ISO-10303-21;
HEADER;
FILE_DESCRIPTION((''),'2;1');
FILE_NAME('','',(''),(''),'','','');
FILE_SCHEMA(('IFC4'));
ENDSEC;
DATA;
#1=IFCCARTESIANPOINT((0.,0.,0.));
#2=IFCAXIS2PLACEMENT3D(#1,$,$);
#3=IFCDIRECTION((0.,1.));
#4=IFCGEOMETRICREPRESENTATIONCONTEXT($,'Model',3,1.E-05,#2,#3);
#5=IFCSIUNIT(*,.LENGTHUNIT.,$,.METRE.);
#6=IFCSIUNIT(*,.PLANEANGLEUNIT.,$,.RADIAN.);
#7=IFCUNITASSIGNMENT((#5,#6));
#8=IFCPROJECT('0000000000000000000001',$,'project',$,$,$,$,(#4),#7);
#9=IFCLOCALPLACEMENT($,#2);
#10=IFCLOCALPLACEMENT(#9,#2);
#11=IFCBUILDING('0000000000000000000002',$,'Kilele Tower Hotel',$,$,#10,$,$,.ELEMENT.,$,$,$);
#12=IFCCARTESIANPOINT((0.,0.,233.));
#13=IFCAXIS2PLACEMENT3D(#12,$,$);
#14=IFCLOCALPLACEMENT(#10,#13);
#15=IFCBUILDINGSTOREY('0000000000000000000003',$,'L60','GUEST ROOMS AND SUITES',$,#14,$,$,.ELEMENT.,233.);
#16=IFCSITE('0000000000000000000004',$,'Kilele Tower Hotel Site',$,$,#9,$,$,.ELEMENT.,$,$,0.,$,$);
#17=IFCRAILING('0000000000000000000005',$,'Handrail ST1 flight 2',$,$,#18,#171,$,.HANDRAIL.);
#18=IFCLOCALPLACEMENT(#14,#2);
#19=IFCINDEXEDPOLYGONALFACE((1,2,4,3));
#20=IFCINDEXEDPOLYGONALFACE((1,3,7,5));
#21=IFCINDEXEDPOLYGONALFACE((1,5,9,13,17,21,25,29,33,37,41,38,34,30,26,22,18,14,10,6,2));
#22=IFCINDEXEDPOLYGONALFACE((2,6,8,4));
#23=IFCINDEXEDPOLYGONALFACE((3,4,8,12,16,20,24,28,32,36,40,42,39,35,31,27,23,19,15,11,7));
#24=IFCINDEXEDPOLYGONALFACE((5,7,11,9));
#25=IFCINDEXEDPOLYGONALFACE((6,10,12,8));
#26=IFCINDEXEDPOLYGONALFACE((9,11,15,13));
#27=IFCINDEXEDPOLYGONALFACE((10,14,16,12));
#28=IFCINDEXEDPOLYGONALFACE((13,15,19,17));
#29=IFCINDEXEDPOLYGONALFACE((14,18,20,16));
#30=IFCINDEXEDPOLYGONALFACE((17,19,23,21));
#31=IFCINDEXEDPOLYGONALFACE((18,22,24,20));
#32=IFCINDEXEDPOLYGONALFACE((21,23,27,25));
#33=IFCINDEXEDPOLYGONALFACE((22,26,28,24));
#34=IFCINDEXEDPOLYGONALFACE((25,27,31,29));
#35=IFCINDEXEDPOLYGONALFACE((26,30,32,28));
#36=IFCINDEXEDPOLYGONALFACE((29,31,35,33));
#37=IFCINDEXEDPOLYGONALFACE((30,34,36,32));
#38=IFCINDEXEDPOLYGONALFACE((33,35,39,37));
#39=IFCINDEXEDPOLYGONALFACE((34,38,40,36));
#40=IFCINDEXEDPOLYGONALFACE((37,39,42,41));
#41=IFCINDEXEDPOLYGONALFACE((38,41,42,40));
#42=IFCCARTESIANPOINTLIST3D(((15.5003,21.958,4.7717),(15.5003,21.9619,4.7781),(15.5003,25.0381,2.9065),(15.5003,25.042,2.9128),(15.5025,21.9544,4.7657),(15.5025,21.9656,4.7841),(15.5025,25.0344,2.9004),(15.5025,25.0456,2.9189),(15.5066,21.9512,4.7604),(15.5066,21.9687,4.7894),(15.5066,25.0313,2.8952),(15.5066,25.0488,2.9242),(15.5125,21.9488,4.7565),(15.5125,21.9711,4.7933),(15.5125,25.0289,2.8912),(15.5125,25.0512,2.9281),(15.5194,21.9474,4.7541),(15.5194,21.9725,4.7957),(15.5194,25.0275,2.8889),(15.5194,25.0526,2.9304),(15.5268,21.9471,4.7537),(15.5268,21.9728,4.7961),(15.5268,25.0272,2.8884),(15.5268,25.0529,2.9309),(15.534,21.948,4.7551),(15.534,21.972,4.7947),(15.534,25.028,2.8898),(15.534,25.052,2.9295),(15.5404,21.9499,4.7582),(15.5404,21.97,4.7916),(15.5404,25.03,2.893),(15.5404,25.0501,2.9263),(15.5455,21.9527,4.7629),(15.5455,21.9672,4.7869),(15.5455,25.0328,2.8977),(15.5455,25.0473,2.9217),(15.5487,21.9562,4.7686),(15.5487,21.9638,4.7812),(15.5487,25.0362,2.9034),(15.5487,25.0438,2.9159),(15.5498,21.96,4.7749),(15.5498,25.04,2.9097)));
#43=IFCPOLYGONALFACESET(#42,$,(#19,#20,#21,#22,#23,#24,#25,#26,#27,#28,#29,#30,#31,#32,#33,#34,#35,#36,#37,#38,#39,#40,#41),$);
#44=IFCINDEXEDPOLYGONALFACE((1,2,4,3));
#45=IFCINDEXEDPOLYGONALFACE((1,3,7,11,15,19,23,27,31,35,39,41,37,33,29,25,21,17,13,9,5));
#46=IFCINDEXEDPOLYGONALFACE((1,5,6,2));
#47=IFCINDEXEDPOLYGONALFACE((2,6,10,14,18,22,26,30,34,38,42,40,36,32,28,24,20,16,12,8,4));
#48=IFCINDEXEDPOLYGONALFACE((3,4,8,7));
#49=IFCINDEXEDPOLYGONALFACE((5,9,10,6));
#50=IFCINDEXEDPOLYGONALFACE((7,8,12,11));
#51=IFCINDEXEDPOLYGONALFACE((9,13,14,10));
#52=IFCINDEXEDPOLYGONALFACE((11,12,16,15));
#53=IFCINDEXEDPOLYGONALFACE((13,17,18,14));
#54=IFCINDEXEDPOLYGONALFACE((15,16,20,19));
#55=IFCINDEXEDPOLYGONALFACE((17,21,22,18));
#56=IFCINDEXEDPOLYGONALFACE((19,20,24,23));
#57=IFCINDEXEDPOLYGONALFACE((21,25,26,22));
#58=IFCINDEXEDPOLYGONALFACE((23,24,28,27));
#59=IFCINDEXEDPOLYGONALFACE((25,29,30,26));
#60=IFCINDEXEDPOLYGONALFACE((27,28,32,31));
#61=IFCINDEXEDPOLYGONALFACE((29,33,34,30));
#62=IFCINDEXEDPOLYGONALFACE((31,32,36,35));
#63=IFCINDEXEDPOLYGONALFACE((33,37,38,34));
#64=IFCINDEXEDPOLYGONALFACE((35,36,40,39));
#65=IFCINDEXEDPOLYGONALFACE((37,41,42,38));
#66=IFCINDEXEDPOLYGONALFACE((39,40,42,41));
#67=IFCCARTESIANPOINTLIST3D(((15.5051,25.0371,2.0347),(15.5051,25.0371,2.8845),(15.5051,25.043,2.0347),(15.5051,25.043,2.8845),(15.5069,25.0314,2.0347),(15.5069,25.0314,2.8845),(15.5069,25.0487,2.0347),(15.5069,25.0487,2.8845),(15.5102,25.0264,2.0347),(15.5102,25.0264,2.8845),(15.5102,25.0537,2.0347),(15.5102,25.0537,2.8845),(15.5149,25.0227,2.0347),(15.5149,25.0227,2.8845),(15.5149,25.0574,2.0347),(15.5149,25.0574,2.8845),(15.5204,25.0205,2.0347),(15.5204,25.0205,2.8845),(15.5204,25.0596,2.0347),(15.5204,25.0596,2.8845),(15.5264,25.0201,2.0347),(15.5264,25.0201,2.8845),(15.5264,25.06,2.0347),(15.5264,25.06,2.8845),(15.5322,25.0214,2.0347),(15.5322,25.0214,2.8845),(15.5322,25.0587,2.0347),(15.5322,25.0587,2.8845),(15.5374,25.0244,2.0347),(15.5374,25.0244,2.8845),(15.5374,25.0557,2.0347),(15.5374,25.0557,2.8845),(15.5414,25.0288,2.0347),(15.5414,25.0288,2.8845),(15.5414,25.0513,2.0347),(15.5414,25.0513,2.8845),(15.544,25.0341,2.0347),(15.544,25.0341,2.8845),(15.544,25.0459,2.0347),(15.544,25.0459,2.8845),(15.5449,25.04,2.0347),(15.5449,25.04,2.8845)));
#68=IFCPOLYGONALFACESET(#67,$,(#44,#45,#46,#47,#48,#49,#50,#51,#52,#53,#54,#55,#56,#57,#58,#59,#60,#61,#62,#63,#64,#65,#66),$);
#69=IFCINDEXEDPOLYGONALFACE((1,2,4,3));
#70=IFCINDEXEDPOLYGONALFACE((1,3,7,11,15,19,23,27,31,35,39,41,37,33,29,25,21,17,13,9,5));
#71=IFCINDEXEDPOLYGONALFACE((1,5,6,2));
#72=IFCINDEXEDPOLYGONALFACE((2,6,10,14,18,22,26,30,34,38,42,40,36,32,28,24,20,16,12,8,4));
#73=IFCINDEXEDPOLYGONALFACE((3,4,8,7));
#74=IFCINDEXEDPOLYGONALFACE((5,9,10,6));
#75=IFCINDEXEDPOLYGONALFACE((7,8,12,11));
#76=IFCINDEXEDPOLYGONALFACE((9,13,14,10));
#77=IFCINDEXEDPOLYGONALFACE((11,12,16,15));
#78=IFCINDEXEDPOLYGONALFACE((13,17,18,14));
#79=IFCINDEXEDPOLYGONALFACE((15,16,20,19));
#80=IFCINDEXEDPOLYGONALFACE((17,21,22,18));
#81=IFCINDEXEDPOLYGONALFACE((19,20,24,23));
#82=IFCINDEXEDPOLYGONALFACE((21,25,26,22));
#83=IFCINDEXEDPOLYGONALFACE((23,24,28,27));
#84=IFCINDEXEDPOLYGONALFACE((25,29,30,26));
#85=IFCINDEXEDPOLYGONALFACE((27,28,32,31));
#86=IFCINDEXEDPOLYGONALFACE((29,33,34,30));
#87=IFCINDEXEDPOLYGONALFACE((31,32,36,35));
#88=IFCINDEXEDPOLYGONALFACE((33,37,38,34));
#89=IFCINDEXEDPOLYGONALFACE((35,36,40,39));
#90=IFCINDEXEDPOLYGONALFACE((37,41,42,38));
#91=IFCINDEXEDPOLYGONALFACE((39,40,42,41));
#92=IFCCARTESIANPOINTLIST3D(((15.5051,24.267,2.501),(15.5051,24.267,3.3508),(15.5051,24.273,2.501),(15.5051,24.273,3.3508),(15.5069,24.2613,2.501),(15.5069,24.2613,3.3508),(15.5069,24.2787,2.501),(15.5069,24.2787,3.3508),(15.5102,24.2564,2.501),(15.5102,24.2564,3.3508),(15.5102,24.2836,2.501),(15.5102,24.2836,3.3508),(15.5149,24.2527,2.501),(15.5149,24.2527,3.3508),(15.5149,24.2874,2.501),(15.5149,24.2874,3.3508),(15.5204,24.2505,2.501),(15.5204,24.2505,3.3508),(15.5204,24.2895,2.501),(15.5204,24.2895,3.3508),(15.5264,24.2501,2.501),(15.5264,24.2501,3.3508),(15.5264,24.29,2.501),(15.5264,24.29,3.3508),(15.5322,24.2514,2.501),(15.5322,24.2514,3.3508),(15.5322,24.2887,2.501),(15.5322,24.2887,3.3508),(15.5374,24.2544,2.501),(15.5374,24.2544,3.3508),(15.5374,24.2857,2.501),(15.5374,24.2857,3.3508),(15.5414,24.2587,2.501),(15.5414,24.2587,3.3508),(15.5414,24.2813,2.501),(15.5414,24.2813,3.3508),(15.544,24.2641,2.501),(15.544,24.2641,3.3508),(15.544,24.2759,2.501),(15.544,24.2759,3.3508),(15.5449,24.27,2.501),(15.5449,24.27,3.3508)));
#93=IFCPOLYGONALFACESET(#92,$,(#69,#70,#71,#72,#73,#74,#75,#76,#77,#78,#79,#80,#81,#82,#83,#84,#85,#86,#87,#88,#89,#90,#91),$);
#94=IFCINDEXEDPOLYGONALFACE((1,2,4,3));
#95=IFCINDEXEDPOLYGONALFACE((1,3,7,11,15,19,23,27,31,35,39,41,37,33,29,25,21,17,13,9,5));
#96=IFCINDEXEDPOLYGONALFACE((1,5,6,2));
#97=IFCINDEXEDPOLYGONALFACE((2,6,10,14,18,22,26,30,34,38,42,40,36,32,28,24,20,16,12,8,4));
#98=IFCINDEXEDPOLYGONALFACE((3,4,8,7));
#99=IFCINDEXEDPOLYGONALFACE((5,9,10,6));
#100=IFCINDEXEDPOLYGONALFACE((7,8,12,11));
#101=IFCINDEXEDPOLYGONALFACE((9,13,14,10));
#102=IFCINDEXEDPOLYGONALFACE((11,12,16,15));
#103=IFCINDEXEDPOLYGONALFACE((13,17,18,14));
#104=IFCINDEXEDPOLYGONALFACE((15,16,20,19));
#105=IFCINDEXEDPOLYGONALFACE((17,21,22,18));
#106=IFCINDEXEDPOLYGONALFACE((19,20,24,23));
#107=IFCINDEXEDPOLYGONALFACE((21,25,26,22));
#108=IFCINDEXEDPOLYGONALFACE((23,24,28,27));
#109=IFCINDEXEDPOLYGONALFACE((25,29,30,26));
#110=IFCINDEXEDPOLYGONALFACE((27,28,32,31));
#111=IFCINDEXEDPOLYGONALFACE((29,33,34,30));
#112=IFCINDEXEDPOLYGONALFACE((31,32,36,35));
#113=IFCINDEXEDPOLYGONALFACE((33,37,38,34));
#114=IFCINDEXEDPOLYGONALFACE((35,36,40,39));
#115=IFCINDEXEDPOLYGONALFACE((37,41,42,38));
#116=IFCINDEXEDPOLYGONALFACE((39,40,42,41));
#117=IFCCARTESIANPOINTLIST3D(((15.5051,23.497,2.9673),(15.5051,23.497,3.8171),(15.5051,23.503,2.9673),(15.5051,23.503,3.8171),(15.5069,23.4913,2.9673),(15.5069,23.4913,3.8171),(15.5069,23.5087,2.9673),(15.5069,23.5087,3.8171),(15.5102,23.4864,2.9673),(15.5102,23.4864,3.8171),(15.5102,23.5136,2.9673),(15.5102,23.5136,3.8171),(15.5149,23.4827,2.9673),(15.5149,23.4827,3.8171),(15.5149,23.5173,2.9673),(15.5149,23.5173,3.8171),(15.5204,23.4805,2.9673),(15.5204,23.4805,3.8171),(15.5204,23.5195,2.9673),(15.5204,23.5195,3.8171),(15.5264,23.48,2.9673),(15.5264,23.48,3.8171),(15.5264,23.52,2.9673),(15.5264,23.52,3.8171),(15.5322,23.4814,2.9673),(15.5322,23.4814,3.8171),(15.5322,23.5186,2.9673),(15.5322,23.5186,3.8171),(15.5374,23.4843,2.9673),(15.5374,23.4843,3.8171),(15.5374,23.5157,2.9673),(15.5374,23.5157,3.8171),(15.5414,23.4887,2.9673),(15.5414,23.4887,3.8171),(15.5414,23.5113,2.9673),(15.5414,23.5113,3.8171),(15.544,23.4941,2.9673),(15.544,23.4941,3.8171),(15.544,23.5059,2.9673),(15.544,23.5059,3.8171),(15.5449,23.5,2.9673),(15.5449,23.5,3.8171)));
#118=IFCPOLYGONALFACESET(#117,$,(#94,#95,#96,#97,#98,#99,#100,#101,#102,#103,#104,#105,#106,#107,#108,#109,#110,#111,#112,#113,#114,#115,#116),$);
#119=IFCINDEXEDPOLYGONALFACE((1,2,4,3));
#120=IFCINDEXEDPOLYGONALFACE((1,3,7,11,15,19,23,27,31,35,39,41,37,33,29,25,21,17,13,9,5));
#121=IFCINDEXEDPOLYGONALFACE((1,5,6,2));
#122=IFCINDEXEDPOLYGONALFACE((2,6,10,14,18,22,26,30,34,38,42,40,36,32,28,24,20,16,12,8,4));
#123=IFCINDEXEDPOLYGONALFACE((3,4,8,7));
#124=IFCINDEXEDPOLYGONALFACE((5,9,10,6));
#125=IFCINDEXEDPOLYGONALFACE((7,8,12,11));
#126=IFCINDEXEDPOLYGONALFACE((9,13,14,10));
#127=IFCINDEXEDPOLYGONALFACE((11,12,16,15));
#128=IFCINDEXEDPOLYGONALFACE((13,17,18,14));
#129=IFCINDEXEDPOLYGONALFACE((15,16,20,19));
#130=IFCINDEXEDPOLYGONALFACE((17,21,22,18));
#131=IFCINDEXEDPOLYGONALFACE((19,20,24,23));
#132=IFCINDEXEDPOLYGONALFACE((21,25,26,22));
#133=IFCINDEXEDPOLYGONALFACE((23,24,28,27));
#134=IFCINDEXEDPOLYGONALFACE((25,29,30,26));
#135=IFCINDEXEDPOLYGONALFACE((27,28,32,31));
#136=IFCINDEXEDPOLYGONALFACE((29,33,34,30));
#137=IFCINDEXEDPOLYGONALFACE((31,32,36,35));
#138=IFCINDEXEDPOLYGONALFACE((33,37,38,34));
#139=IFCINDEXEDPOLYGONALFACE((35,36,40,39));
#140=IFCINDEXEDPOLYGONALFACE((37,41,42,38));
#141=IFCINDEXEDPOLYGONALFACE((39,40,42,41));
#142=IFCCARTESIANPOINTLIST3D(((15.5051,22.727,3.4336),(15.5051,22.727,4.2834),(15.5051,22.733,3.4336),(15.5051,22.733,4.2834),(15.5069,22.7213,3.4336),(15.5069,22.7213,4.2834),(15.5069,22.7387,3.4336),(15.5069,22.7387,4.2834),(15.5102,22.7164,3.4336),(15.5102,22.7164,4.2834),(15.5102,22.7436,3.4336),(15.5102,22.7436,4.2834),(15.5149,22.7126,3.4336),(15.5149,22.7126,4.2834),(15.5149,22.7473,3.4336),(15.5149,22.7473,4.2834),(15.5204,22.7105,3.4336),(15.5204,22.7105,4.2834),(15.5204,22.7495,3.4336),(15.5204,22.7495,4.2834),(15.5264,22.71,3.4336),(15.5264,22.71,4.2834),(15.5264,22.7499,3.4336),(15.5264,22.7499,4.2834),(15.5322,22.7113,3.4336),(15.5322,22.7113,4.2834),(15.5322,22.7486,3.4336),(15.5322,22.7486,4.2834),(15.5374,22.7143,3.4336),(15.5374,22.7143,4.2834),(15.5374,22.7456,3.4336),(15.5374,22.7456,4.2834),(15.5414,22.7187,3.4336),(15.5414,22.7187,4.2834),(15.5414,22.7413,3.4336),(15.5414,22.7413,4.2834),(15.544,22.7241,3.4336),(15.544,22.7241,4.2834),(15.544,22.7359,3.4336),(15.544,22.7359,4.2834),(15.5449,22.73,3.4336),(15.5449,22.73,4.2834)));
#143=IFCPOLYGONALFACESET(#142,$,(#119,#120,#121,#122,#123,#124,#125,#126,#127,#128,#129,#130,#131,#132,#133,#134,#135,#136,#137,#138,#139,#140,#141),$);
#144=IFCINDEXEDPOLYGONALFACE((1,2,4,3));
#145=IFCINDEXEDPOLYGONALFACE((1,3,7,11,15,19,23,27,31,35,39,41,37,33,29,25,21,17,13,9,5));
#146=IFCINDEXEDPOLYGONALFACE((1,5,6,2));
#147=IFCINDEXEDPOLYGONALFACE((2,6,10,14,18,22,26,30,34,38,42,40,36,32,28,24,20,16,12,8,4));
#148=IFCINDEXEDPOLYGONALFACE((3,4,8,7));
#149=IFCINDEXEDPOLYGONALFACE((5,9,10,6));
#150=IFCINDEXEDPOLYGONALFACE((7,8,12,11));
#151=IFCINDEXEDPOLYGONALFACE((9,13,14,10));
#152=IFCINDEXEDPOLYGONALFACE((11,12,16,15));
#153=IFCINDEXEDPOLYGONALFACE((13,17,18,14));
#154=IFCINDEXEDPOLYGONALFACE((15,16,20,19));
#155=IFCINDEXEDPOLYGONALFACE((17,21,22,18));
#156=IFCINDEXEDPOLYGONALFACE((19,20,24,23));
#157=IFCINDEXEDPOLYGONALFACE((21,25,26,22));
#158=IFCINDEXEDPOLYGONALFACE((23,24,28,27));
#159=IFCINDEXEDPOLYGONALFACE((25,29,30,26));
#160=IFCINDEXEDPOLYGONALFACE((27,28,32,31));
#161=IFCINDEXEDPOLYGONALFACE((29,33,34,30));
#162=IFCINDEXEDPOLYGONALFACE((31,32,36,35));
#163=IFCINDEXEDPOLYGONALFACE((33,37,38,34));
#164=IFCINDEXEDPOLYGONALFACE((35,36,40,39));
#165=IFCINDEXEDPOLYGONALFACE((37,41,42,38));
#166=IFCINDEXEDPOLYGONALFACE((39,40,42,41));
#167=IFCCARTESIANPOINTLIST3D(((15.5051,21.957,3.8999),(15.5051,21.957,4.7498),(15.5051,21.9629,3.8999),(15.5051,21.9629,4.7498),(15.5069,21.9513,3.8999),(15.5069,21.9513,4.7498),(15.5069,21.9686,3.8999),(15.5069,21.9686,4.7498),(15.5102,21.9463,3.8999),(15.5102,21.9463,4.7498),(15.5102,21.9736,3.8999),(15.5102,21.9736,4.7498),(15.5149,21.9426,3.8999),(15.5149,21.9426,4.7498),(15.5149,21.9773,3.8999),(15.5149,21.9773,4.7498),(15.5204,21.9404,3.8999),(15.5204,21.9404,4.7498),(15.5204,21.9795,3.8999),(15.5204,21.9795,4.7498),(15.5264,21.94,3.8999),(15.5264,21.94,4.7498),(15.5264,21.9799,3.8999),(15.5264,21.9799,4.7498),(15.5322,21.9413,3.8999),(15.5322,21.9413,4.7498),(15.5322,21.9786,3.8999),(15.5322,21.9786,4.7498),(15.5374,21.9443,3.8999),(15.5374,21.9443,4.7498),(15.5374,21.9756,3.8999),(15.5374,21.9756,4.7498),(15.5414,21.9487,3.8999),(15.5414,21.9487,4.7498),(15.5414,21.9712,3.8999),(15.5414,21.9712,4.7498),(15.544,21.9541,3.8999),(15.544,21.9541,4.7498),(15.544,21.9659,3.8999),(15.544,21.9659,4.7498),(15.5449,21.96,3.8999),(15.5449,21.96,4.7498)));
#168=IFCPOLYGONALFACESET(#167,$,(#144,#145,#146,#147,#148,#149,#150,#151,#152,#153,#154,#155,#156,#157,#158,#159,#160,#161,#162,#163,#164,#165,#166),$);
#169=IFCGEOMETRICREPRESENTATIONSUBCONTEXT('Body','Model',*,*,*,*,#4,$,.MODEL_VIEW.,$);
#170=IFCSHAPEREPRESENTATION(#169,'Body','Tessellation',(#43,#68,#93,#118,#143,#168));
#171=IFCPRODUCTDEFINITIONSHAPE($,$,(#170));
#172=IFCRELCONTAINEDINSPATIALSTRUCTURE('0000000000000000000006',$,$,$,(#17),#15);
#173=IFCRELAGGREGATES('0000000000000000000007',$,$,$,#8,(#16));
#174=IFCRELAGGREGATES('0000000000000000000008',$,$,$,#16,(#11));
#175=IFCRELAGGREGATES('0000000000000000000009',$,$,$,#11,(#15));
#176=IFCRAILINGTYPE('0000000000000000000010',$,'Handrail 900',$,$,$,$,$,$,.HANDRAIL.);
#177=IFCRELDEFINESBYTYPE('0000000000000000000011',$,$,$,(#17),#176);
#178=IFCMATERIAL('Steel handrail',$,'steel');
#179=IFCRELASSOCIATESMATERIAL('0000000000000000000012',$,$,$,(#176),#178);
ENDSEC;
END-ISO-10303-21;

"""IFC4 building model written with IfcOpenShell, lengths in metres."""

from ifc_helpers import new_model, si_unit, direction, frame, origin, origin_2d, place, context, subcontext, project, spatial, circle, extrude, material, type_object, element, save


model = new_model("IFC4")

# Units and contexts
model_context = context("Model", 3, precision=1e-05, world=origin(), true_north=direction((0.0, 1.0)))
body_context = subcontext(model_context, "Body", "Model", "MODEL_VIEW")
ifc_project = project(units=[si_unit("LENGTHUNIT", "METRE"), si_unit("PLANEANGLEUNIT", "RADIAN")], contexts=[model_context])

# Site, building, storey
site_placement = place(None, origin())
site = spatial("IfcSite", under=ifc_project, at=site_placement, Name="Kilele Tower Hotel Site", CompositionType="ELEMENT", RefElevation=0.0)
building_placement = place(site_placement, origin())
building = spatial("IfcBuilding", under=site, at=building_placement, Name="Kilele Tower Hotel", CompositionType="ELEMENT")
storey_placement = place(building_placement, frame((0.0, 0.0, 233.0)))
storey = spatial("IfcBuildingStorey", under=building, at=storey_placement, Name="L60", Description="GUEST ROOMS AND SUITES", CompositionType="ELEMENT", Elevation=233.0)

# Railing
ifc_material_1 = material(Name="Steel handrail", Category="steel")
railing_type_1 = type_object("IfcRailingType", Name="Handrail 900", PredefinedType="HANDRAIL", material=ifc_material_1)
for number, where, name in (
    (1, (15.5249, 25.04, 2.0347), "Handrail ST1 flight 2"),
):
    element("IfcRailing", number, at=place(storey_placement, frame(where)), inside=storey, type_object=railing_type_1, Name=name, PredefinedType="HANDRAIL", context=body_context, shape_type="SweptSolid", body=[
        extrude(circle(Radius=0.0249, at=origin_2d()), frame((0.0, 0.0, 0.875), z_axis=(0.0, -0.85538, 0.518001), x_axis=(1.0, 0.0, 0.0)), (0.0, 0.0, 1.0), 3.6008),
        extrude(circle(Radius=0.02, at=origin_2d()), origin(), (0.0, 0.0, 1.0), 0.8499),
        extrude(circle(Radius=0.02, at=origin_2d()), frame((0.0, -0.77, 0.4663)), (0.0, 0.0, 1.0), 0.8499),
        extrude(circle(Radius=0.02, at=origin_2d()), frame((0.0, -1.54, 0.9326)), (0.0, 0.0, 1.0), 0.8499),
        extrude(circle(Radius=0.02, at=origin_2d()), frame((0.0, -2.3101, 1.3989)), (0.0, 0.0, 1.0), 0.8499),
        extrude(circle(Radius=0.02, at=origin_2d()), frame((0.0, -3.0801, 1.8652)), (0.0, 0.0, 1.0), 0.8499),
    ])

save(model, "model.ifc")
